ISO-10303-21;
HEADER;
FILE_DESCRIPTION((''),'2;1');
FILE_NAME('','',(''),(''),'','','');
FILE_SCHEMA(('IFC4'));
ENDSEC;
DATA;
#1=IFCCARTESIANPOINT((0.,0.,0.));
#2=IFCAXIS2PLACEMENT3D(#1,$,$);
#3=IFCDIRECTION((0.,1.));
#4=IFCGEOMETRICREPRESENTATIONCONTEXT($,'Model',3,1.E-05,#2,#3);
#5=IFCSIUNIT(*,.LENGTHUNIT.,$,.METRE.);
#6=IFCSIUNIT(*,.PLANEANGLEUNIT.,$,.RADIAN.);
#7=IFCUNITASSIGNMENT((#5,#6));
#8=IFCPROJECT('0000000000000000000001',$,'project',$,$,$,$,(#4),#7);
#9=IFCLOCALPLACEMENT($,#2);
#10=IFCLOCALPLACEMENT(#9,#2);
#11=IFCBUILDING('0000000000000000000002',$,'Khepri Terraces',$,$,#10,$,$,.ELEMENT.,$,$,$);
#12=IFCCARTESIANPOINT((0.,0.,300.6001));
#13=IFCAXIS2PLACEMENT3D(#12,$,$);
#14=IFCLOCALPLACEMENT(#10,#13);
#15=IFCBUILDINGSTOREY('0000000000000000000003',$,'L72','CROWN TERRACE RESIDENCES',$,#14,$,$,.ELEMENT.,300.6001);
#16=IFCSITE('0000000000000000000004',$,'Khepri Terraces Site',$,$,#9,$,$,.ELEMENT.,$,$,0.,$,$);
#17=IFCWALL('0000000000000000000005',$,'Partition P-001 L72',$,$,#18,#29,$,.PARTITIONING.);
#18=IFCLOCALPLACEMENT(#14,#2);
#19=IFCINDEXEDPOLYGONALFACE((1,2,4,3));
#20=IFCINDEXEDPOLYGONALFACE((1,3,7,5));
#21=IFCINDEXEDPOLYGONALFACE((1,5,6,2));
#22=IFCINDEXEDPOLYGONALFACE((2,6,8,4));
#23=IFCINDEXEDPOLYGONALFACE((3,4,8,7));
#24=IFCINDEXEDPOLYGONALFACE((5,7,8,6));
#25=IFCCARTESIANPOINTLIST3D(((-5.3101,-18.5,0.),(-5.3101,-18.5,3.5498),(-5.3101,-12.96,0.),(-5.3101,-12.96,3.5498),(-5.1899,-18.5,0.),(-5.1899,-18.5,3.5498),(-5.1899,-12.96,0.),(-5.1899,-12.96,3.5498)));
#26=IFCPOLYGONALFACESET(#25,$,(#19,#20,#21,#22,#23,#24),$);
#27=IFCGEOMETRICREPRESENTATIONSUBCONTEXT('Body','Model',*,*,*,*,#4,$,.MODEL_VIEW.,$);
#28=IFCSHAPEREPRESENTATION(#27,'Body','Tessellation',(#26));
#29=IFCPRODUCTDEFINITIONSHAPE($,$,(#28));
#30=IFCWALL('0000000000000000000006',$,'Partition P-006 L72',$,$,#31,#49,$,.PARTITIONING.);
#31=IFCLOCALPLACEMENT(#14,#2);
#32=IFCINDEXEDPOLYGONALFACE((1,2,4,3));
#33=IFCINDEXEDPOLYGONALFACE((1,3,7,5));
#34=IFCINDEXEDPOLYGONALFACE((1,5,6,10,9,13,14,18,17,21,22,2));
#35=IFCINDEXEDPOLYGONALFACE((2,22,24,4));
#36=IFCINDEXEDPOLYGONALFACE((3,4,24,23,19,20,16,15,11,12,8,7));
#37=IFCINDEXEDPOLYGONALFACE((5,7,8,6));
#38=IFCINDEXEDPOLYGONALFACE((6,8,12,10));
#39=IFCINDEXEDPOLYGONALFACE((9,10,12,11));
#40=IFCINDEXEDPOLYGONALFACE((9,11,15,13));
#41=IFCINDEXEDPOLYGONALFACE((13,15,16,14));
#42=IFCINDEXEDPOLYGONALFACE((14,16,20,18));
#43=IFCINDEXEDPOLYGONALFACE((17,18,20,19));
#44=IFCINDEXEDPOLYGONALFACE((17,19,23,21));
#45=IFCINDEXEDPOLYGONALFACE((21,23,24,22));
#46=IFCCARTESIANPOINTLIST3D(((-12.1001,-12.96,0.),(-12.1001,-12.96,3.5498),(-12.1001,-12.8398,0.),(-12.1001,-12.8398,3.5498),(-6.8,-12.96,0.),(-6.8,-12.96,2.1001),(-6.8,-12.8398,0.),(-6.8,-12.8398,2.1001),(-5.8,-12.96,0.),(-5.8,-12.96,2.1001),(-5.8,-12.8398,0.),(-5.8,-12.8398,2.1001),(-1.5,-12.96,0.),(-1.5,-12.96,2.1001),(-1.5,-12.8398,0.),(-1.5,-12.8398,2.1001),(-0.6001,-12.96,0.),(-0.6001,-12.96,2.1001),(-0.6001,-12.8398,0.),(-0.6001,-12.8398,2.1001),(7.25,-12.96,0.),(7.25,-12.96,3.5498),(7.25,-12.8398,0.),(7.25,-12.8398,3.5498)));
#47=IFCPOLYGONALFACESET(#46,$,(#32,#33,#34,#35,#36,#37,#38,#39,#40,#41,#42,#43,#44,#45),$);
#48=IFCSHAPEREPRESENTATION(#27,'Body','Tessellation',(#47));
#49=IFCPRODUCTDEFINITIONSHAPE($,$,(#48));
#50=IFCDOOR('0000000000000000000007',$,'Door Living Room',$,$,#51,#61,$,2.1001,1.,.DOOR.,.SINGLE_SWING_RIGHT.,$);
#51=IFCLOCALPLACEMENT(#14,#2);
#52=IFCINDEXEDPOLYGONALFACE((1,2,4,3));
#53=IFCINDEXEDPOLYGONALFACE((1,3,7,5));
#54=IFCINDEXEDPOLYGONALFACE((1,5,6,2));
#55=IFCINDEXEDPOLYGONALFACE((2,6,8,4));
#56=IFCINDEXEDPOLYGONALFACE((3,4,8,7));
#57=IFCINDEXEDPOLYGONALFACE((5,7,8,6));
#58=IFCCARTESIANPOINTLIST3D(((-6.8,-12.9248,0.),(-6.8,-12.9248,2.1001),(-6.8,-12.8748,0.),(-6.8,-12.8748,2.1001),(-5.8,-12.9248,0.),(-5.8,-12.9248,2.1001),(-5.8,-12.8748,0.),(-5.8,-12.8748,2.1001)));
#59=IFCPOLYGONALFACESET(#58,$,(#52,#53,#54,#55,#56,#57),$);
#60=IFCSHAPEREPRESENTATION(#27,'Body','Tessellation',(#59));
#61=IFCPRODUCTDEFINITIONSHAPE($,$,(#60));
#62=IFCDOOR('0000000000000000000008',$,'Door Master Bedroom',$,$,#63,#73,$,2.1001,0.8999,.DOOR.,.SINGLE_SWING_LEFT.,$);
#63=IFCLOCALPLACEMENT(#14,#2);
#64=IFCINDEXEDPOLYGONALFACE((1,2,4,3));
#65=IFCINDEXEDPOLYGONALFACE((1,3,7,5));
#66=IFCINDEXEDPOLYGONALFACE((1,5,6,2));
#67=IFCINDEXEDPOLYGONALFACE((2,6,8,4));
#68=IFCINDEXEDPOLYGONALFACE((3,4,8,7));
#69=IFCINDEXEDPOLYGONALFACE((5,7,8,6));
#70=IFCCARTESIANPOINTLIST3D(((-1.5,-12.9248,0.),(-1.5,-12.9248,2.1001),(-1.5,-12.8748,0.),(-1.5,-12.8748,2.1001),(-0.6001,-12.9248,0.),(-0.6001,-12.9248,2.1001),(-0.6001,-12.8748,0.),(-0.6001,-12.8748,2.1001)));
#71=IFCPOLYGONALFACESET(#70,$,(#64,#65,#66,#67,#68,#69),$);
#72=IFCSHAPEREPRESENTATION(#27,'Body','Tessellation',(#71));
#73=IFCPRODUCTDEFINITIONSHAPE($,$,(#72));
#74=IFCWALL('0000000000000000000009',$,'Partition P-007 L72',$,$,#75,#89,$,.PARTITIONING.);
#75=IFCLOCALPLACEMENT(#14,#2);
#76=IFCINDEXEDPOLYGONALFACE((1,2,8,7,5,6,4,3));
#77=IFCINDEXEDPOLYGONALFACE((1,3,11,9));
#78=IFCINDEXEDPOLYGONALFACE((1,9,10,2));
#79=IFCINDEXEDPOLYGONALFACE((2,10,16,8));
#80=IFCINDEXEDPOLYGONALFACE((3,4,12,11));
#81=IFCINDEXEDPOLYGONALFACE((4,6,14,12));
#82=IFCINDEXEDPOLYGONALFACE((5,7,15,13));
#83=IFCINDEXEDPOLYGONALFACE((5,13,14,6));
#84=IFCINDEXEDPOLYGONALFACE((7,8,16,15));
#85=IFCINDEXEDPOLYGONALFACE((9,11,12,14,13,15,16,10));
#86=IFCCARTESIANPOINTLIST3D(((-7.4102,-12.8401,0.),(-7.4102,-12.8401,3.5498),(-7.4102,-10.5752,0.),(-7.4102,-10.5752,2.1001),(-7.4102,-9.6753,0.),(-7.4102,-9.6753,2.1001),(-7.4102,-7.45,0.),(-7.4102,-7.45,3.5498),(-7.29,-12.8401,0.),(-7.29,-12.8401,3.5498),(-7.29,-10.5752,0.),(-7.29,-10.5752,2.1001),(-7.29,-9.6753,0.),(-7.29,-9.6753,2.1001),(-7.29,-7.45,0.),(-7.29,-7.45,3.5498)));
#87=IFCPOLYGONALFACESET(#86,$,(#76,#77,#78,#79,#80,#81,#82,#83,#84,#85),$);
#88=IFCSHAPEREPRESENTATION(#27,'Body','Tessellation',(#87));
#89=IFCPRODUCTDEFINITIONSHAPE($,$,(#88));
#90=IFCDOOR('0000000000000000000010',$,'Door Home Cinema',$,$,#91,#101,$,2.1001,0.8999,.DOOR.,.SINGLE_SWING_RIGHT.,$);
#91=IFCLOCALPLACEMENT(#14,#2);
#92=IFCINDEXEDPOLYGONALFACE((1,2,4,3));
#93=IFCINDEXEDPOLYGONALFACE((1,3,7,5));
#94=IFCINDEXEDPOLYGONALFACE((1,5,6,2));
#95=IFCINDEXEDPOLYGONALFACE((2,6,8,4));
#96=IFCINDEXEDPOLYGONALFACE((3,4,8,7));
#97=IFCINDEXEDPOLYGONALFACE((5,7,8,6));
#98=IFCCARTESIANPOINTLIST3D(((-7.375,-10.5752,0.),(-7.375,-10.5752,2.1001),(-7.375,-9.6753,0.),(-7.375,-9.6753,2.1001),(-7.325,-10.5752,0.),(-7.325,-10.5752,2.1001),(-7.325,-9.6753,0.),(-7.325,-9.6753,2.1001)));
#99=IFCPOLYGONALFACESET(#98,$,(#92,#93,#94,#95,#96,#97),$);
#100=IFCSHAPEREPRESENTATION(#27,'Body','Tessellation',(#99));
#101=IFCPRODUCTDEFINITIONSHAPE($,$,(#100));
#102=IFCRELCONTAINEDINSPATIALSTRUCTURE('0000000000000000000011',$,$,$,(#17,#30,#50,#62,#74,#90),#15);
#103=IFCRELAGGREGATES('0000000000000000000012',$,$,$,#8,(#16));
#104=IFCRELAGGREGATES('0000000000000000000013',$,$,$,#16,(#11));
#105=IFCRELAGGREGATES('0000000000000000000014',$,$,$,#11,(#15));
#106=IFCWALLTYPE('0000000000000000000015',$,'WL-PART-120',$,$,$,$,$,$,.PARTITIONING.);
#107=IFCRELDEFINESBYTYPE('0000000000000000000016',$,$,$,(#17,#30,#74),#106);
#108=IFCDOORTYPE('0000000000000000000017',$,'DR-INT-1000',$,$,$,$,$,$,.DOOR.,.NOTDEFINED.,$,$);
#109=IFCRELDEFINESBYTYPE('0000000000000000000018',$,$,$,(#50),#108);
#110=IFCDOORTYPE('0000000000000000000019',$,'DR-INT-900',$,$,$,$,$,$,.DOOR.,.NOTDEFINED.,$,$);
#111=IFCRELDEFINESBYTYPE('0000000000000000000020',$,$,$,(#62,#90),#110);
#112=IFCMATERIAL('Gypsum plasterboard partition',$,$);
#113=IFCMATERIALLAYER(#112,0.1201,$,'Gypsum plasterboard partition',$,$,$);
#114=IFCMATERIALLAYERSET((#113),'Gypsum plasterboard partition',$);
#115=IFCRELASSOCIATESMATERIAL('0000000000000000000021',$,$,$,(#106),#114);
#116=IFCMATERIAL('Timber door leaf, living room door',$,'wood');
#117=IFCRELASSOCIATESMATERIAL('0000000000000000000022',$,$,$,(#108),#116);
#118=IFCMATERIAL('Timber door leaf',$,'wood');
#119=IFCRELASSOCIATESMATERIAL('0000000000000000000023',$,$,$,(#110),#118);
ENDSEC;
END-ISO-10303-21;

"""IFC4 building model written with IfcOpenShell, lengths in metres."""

from ifc_helpers import new_model, si_unit, direction, frame, frame_2d, origin, place, context, subcontext, project, spatial, rectangle, extrude, material, layer, layer_set, type_object, element, fill, save


model = new_model("IFC4")

# Units and contexts
model_context = context("Model", 3, precision=1e-05, world=origin(), true_north=direction((0.0, 1.0)))
body_context = subcontext(model_context, "Body", "Model", "MODEL_VIEW")
ifc_project = project(units=[si_unit("LENGTHUNIT", "METRE"), si_unit("PLANEANGLEUNIT", "RADIAN")], contexts=[model_context])

# Site, building, storey
site_placement = place(None, origin())
site = spatial("IfcSite", under=ifc_project, at=site_placement, Name="Khepri Terraces Site", CompositionType="ELEMENT", RefElevation=0.0)
building_placement = place(site_placement, origin())
building = spatial("IfcBuilding", under=site, at=building_placement, Name="Khepri Terraces", CompositionType="ELEMENT")
storey_placement = place(building_placement, frame((0.0, 0.0, 300.6001)))
storey = spatial("IfcBuildingStorey", under=building, at=storey_placement, Name="L72", Description="CROWN TERRACE RESIDENCES", CompositionType="ELEMENT", Elevation=300.6001)

# Wall
ifc_material_1 = material(Name="Gypsum plasterboard partition")
ifc_layer_1 = layer(ifc_material_1, 0.1201, Name="Gypsum plasterboard partition")
ifc_layer_set_1 = layer_set([ifc_layer_1], Name="Gypsum plasterboard partition")
wall_type_1 = type_object("IfcWallType", Name="WL-PART-120", PredefinedType="PARTITIONING", material=ifc_layer_set_1)
wall_1_placement = place(storey_placement, frame((-5.25, -18.5, 0.0), z_axis=(0.0, 0.0, 1.0), x_axis=(0.0, 1.0, 0.0)))
element("IfcWall", 1, at=wall_1_placement, inside=storey, type_object=wall_type_1, Name="Partition P-001 L72", PredefinedType="PARTITIONING", context=body_context, shape_type="SweptSolid", body=[
    extrude(rectangle(XDim=5.54, YDim=0.1201, at=frame_2d((2.77, 0.0))), origin(), (0.0, 0.0, 1.0), 3.5498),
])

# Wall, openings, doors
wall_2_placement = place(storey_placement, frame((-12.1001, -12.8999, 0.0), z_axis=(0.0, 0.0, 1.0), x_axis=(1.0, 0.0, 0.0)))
wall_2 = element("IfcWall", 2, at=wall_2_placement, inside=storey, type_object=wall_type_1, Name="Partition P-006 L72", PredefinedType="PARTITIONING", context=body_context, shape_type="SweptSolid", body=[
    extrude(rectangle(XDim=19.3501, YDim=0.1201, at=frame_2d((9.675, 0.0))), origin(), (0.0, 0.0, 1.0), 3.5498),
])
opening_1_placement = place(wall_2_placement, frame((5.3, 0.0, 0.0)))
opening_1 = element("IfcOpeningElement", 3, at=opening_1_placement, cuts=wall_2, PredefinedType="OPENING", context=body_context, shape_type="SweptSolid", body=[
    extrude(rectangle(XDim=1.0, YDim=2.1001, at=frame_2d((0.5, 1.05))), frame((0.0, 0.0701, 0.0), z_axis=(0.0, -1.0, 0.0), x_axis=(1.0, 0.0, 0.0)), (0.0, 0.0, 1.0), 0.1401),
])
opening_2_placement = place(wall_2_placement, frame((10.6001, 0.0, 0.0)))
opening_2 = element("IfcOpeningElement", 4, at=opening_2_placement, cuts=wall_2, PredefinedType="OPENING", context=body_context, shape_type="SweptSolid", body=[
    extrude(rectangle(XDim=0.8999, YDim=2.1001, at=frame_2d((0.45, 1.05))), frame((0.0, 0.0701, 0.0), z_axis=(0.0, -1.0, 0.0), x_axis=(1.0, 0.0, 0.0)), (0.0, 0.0, 1.0), 0.1401),
])
ifc_material_2 = material(Name="Timber door leaf, living room door", Category="wood")
door_type_1 = type_object("IfcDoorType", Name="DR-INT-1000", OperationType="NOTDEFINED", PredefinedType="DOOR", material=ifc_material_2)
door_1_placement = place(opening_1_placement, frame((1.0, 0.0, 0.0), z_axis=(0.0, 0.0, 1.0), x_axis=(-1.0, 0.0, 0.0)))
door_1 = element("IfcDoor", 5, at=door_1_placement, inside=storey, type_object=door_type_1, Name="Door Living Room", OperationType="SINGLE_SWING_RIGHT", OverallHeight=2.1001, OverallWidth=1.0, PredefinedType="DOOR", context=body_context, shape_type="SweptSolid", body=[
    extrude(rectangle(XDim=1.0, YDim=2.1001, at=frame_2d((0.5, 1.05))), frame((0.0, 0.0249, 0.0), z_axis=(0.0, -1.0, 0.0), x_axis=(1.0, 0.0, 0.0)), (0.0, 0.0, 1.0), 0.05),
])
fill(opening_1, door_1)
ifc_material_3 = material(Name="Timber door leaf", Category="wood")
door_type_2 = type_object("IfcDoorType", Name="DR-INT-900", OperationType="NOTDEFINED", PredefinedType="DOOR", material=ifc_material_3)
door_2_placement = place(opening_2_placement, frame((0.8999, 0.0, 0.0), z_axis=(0.0, 0.0, 1.0), x_axis=(-1.0, 0.0, 0.0)))
door_2 = element("IfcDoor", 6, at=door_2_placement, inside=storey, type_object=door_type_2, Name="Door Master Bedroom", OperationType="SINGLE_SWING_LEFT", OverallHeight=2.1001, OverallWidth=0.8999, PredefinedType="DOOR", context=body_context, shape_type="SweptSolid", body=[
    extrude(rectangle(XDim=0.8999, YDim=2.1001, at=frame_2d((0.45, 1.05))), frame((0.0, 0.0249, 0.0), z_axis=(0.0, -1.0, 0.0), x_axis=(1.0, 0.0, 0.0)), (0.0, 0.0, 1.0), 0.05),
])
fill(opening_2, door_2)

# Wall, opening, door
wall_3_placement = place(storey_placement, frame((-7.3501, -12.8401, 0.0), z_axis=(0.0, 0.0, 1.0), x_axis=(0.0, 1.0, 0.0)))
wall_3 = element("IfcWall", 7, at=wall_3_placement, inside=storey, type_object=wall_type_1, Name="Partition P-007 L72", PredefinedType="PARTITIONING", context=body_context, shape_type="SweptSolid", body=[
    extrude(rectangle(XDim=5.3901, YDim=0.1201, at=frame_2d((2.6951, 0.0))), origin(), (0.0, 0.0, 1.0), 3.5498),
])
opening_3_placement = place(wall_3_placement, frame((2.2649, 0.0, 0.0)))
opening_3 = element("IfcOpeningElement", 8, at=opening_3_placement, cuts=wall_3, PredefinedType="OPENING", context=body_context, shape_type="SweptSolid", body=[
    extrude(rectangle(XDim=0.8999, YDim=2.1001, at=frame_2d((0.45, 1.05))), frame((0.0, 0.0701, 0.0), z_axis=(0.0, -1.0, 0.0), x_axis=(1.0, 0.0, 0.0)), (0.0, 0.0, 1.0), 0.1401),
])
door_3_placement = place(opening_3_placement, origin())
door_3 = element("IfcDoor", 9, at=door_3_placement, inside=storey, type_object=door_type_2, Name="Door Home Cinema", OperationType="SINGLE_SWING_RIGHT", OverallHeight=2.1001, OverallWidth=0.8999, PredefinedType="DOOR", context=body_context, shape_type="SweptSolid", body=[
    extrude(rectangle(XDim=0.8999, YDim=2.1001, at=frame_2d((0.45, 1.05))), frame((0.0, 0.0249, 0.0), z_axis=(0.0, -1.0, 0.0), x_axis=(1.0, 0.0, 0.0)), (0.0, 0.0, 1.0), 0.05),
])
fill(opening_3, door_3)

save(model, "model.ifc")
